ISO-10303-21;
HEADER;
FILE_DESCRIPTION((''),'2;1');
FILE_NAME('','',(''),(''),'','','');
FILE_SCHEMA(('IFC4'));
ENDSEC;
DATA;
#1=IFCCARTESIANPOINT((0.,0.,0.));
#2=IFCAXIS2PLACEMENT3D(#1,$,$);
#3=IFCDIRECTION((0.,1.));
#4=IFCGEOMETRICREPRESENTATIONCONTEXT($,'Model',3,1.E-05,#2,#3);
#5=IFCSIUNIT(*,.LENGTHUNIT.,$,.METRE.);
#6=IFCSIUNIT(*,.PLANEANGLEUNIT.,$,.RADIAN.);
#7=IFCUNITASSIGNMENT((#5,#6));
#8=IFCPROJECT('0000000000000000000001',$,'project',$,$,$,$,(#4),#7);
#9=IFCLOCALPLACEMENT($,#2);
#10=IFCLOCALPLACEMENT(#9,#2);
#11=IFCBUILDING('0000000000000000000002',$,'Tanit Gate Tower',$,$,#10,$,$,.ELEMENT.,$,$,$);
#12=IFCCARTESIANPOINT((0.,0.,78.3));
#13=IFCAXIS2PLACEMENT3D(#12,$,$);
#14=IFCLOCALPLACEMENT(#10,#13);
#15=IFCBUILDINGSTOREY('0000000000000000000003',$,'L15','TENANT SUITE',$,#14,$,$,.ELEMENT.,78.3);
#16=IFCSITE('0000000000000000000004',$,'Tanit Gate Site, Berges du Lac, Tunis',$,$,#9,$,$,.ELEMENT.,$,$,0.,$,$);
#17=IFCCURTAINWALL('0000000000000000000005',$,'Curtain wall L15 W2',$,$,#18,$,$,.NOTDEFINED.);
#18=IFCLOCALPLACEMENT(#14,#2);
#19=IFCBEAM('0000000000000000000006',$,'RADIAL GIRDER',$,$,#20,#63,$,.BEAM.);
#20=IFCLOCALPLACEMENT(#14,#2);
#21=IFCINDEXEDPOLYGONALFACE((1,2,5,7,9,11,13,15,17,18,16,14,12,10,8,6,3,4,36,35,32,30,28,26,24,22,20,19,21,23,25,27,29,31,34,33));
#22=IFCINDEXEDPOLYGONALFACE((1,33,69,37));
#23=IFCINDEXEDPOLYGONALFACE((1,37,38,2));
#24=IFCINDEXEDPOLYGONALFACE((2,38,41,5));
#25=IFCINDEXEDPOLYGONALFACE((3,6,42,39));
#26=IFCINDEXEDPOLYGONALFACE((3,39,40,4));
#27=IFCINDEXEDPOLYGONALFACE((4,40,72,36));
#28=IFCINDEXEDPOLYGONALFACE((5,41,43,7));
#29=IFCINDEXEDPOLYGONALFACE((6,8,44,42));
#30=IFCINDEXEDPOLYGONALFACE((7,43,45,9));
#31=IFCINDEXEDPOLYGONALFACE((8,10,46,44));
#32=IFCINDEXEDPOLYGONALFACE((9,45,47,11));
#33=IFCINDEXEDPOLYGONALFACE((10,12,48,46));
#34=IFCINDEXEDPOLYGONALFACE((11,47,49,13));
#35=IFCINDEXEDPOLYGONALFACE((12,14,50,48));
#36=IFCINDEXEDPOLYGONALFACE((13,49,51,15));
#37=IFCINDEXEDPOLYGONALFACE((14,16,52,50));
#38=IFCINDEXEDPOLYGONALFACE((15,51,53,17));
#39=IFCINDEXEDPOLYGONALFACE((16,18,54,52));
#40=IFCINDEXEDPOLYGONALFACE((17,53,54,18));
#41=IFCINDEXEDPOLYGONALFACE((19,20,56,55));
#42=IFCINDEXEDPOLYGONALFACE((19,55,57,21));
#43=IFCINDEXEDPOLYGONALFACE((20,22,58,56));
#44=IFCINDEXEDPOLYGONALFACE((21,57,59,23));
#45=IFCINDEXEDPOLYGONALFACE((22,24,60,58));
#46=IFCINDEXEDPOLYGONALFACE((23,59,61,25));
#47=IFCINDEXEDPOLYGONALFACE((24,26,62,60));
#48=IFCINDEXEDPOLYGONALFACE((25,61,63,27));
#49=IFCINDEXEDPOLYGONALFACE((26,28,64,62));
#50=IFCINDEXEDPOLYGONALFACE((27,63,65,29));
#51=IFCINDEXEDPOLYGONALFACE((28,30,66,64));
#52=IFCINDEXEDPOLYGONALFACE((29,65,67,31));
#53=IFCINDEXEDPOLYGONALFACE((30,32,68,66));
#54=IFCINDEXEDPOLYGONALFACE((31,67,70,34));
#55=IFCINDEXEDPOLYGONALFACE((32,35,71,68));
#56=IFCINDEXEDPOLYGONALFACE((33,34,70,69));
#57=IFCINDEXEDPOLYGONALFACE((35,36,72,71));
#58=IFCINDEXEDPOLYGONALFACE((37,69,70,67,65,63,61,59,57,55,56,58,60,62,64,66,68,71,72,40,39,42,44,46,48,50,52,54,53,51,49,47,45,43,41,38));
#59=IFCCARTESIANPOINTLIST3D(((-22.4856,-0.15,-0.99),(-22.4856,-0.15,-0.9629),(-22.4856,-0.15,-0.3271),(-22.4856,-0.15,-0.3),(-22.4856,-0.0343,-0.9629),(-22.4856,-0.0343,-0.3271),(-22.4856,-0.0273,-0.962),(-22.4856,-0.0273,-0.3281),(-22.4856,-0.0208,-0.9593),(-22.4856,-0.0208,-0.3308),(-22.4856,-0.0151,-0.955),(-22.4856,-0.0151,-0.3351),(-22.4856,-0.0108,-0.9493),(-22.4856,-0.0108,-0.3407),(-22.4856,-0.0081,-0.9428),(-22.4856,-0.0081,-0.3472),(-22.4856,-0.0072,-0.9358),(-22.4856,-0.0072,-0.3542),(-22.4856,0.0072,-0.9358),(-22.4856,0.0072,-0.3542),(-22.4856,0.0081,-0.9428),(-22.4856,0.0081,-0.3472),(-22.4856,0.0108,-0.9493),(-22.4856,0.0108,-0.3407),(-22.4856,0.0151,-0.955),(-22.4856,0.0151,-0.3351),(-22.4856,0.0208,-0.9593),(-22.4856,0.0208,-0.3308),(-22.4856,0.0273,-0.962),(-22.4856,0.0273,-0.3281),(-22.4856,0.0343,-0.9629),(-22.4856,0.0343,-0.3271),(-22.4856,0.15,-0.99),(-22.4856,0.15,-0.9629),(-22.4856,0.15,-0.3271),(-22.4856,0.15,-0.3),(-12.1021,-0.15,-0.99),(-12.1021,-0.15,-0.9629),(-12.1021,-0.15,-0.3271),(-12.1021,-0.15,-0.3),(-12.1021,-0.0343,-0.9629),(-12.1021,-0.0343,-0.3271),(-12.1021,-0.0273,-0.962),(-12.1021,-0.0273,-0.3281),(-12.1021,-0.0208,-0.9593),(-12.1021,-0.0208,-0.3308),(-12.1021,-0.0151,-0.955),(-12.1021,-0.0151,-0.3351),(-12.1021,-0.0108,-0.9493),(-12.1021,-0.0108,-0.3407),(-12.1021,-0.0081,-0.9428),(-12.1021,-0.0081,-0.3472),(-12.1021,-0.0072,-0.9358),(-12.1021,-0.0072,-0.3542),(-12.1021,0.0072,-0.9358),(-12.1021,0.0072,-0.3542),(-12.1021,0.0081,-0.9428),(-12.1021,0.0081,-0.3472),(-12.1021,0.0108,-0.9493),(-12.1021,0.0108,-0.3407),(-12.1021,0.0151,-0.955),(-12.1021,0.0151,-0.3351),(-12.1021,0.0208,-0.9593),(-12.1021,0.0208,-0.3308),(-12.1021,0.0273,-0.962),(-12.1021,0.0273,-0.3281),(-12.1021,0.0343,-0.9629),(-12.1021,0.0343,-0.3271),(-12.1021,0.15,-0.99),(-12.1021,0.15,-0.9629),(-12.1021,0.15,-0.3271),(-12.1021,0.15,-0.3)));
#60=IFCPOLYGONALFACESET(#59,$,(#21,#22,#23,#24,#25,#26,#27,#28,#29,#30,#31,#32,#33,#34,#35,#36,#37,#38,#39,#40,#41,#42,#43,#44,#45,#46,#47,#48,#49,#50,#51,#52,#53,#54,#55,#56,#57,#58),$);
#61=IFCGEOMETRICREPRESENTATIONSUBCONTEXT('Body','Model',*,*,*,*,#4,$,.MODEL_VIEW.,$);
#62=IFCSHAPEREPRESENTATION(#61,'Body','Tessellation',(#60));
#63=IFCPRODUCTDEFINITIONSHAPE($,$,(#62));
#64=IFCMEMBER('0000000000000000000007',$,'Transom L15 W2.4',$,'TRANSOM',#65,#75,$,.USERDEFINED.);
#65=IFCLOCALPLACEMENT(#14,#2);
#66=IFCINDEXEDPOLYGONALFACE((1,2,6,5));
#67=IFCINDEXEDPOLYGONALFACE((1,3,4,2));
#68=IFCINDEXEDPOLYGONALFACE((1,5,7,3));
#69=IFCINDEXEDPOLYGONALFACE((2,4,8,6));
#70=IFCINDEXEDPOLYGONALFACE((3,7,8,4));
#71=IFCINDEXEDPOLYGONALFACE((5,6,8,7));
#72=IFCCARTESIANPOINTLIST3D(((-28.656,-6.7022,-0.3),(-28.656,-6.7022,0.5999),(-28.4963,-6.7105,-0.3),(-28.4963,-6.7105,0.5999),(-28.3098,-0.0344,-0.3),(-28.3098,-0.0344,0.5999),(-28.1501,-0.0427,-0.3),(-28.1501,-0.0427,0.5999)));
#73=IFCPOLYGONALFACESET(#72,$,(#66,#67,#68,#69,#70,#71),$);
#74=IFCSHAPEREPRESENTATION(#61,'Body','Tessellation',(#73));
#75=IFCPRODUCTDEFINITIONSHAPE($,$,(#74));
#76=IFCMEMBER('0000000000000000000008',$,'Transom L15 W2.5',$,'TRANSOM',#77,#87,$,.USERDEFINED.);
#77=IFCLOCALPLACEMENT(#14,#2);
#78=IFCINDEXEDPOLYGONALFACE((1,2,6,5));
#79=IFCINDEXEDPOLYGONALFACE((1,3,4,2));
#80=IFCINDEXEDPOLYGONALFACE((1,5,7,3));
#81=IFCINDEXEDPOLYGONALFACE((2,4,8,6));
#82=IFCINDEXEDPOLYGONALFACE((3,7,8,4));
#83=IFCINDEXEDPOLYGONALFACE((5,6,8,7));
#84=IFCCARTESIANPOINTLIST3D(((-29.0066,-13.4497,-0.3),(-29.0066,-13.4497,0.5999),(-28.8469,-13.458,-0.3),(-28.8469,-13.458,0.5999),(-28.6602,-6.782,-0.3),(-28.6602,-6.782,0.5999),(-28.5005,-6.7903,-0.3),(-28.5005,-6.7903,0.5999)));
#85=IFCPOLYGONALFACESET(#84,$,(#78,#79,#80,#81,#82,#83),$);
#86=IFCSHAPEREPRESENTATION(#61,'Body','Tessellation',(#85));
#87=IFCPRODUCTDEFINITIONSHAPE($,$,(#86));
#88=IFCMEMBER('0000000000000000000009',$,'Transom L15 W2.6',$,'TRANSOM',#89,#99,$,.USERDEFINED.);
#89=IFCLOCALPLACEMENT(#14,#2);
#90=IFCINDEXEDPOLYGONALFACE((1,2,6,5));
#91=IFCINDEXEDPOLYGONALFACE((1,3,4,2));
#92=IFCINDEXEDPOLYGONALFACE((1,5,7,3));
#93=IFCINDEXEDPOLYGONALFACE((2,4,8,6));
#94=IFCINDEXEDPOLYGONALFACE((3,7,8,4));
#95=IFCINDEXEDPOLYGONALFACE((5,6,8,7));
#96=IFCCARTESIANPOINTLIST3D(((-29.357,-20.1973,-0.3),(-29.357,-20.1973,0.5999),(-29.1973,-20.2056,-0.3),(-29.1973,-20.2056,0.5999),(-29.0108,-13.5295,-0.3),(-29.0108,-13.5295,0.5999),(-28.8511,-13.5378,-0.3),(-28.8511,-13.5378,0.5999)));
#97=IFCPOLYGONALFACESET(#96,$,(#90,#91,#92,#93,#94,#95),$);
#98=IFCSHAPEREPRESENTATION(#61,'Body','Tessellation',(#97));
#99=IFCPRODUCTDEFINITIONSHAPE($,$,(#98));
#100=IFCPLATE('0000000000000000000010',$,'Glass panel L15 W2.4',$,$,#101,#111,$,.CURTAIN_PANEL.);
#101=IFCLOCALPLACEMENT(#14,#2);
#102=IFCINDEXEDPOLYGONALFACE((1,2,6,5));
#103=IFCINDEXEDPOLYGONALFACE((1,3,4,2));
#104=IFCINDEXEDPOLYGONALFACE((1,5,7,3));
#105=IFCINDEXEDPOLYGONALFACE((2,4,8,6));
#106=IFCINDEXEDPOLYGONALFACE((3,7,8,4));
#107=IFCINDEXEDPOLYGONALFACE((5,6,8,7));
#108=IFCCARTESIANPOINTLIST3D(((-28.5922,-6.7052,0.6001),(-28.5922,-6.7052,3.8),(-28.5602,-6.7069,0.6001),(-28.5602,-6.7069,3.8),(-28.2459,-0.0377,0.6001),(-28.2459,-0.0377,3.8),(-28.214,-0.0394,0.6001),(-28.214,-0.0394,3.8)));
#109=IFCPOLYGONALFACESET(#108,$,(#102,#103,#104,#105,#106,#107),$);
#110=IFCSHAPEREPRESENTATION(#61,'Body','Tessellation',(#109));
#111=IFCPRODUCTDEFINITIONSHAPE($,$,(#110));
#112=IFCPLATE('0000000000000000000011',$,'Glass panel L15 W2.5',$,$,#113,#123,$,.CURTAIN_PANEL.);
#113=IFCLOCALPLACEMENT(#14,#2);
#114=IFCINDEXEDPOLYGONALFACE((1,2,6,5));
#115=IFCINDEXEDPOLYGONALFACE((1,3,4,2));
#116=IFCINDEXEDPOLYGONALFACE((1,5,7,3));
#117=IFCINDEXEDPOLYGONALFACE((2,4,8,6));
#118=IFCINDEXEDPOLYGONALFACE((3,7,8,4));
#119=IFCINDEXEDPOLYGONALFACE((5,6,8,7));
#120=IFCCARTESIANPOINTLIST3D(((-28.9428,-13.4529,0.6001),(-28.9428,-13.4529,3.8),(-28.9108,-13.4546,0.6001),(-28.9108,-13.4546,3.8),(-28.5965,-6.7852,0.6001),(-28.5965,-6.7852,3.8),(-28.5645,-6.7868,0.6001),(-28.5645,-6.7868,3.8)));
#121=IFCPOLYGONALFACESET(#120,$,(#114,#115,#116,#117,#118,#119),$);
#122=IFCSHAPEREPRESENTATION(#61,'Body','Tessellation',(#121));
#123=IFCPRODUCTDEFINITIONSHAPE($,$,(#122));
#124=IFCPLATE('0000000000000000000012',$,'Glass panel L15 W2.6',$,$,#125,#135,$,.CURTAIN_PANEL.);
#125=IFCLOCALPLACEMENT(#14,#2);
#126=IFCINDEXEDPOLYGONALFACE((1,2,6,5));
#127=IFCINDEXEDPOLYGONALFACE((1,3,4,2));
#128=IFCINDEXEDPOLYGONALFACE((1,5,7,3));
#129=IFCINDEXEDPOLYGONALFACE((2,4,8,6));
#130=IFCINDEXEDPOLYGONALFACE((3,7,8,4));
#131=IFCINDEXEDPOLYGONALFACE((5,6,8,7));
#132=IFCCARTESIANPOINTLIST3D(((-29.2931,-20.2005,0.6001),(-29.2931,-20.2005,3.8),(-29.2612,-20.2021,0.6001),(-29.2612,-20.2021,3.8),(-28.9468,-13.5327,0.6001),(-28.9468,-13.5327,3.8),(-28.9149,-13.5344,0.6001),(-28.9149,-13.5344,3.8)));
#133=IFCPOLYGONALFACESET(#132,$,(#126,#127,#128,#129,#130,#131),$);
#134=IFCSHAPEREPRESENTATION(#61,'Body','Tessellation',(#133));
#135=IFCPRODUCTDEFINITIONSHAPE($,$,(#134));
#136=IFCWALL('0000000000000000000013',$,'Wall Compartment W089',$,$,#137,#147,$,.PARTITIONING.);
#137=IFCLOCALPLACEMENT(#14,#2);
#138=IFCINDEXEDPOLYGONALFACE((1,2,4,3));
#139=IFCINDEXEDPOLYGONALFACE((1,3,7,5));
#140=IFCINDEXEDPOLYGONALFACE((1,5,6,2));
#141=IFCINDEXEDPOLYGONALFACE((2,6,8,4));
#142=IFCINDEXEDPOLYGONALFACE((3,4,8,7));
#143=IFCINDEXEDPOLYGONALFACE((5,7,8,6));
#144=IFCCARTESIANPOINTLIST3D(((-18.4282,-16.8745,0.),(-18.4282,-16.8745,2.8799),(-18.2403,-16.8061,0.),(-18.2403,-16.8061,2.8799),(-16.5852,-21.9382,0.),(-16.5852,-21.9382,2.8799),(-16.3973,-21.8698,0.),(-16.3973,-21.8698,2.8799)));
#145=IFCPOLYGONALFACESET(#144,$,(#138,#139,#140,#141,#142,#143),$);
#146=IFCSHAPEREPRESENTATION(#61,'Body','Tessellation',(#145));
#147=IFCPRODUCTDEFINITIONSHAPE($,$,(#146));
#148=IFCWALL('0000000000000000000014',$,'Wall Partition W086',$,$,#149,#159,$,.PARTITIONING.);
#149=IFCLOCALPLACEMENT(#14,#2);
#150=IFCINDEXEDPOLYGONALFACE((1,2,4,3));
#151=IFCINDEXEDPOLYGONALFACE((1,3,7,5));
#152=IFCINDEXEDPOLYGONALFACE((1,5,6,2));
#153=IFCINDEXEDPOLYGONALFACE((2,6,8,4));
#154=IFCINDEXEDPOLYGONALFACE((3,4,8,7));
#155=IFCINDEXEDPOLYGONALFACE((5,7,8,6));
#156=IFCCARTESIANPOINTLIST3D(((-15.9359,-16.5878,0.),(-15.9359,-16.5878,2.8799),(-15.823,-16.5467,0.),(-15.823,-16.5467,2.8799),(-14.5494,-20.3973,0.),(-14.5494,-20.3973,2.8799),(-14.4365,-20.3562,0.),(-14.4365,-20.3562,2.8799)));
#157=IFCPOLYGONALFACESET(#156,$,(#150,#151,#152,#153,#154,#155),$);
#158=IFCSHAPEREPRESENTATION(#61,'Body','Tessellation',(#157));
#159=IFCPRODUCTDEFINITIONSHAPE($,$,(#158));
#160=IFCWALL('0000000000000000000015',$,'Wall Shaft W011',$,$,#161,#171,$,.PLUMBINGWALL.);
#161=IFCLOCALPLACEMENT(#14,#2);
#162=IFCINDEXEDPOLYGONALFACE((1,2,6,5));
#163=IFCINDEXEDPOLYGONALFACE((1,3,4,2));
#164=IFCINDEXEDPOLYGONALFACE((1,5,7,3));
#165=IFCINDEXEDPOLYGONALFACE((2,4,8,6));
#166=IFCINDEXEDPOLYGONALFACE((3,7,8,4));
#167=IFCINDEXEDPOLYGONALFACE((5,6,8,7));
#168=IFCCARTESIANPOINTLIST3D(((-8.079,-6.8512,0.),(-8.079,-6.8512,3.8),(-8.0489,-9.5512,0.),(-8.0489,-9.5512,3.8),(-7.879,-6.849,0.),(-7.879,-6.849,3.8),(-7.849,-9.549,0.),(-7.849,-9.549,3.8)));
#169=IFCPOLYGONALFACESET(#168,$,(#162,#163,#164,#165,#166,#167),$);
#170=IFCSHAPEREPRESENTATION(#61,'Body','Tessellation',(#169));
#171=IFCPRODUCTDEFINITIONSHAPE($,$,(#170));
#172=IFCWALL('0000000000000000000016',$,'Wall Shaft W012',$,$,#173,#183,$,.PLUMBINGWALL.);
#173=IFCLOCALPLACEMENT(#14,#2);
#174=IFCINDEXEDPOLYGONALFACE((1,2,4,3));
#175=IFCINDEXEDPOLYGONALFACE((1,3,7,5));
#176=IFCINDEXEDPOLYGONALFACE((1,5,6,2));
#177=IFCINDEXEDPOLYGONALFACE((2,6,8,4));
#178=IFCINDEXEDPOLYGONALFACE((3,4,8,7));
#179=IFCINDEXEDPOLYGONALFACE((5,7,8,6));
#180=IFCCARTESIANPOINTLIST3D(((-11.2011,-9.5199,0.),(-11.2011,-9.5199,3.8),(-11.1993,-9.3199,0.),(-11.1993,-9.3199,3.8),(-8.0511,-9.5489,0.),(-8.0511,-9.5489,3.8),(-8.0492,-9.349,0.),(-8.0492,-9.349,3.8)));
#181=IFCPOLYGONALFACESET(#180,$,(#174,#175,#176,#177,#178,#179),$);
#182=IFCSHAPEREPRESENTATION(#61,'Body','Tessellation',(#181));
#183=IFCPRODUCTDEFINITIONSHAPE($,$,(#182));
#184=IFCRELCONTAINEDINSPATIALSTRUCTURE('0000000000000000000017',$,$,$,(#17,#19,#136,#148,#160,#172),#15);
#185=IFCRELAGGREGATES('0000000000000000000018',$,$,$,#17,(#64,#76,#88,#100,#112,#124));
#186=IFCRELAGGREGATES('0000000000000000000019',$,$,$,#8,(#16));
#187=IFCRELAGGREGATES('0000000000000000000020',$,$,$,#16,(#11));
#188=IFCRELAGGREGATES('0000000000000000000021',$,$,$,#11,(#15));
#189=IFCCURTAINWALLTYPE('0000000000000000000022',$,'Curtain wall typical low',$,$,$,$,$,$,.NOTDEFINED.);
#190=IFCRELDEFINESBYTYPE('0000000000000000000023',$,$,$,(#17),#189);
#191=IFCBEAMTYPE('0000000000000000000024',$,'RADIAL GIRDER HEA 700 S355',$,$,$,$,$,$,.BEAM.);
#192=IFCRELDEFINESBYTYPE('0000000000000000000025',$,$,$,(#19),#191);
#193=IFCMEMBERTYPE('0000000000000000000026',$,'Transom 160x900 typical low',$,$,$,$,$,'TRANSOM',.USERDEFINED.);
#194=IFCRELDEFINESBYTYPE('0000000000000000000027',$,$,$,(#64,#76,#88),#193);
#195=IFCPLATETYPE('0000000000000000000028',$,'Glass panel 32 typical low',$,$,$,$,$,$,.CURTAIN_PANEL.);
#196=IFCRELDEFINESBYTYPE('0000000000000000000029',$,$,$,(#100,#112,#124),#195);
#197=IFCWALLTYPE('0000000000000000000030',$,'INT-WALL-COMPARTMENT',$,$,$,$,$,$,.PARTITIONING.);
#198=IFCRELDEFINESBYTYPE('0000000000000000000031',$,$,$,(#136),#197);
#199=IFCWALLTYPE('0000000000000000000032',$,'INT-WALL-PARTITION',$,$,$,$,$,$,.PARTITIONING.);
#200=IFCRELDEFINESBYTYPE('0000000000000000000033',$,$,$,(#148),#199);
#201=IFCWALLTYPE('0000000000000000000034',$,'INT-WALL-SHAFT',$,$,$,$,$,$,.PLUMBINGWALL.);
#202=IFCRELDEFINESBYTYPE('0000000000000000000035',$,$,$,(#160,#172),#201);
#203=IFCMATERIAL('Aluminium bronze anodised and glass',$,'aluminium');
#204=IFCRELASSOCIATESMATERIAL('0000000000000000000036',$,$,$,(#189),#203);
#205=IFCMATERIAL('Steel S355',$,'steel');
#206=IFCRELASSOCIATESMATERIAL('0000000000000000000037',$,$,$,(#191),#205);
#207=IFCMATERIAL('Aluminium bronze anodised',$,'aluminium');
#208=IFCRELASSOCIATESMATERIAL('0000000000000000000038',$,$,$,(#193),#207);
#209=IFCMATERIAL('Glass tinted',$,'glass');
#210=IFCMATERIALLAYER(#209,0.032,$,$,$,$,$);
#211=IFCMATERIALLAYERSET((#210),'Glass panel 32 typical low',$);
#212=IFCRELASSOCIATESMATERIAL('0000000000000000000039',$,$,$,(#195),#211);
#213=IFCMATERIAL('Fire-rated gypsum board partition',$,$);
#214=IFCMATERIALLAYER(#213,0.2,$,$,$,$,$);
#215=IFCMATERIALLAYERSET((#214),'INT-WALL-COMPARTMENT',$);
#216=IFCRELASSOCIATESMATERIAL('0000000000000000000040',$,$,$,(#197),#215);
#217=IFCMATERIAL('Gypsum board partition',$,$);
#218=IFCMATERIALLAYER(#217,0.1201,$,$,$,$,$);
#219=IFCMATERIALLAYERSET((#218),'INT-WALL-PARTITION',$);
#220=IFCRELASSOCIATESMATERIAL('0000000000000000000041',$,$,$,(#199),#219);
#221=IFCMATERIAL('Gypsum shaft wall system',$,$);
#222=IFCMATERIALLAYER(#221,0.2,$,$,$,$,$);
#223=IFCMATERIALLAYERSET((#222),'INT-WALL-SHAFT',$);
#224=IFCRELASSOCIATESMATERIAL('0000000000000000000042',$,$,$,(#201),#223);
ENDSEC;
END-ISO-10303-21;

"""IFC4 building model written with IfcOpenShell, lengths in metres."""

from ifc_helpers import new_model, si_unit, direction, frame, frame_2d, origin, origin_2d, place, context, subcontext, project, spatial, rectangle, i_section, extrude, material, layer, layer_set, material_profile, profile_set, type_object, element, aggregate, save


model = new_model("IFC4")

# Units and contexts
model_context = context("Model", 3, precision=1e-05, world=origin(), true_north=direction((0.0, 1.0)))
body_context = subcontext(model_context, "Body", "Model", "MODEL_VIEW")
ifc_project = project(units=[si_unit("LENGTHUNIT", "METRE"), si_unit("PLANEANGLEUNIT", "RADIAN")], contexts=[model_context])

# Site, building, storey
site_placement = place(None, origin())
site = spatial("IfcSite", under=ifc_project, at=site_placement, Name="Tanit Gate Site, Berges du Lac, Tunis", CompositionType="ELEMENT", RefElevation=0.0)
building_placement = place(site_placement, origin())
building = spatial("IfcBuilding", under=site, at=building_placement, Name="Tanit Gate Tower", CompositionType="ELEMENT")
storey_placement = place(building_placement, frame((0.0, 0.0, 78.3)))
storey = spatial("IfcBuildingStorey", under=building, at=storey_placement, Name="L15", Description="TENANT SUITE", CompositionType="ELEMENT", Elevation=78.3)

# Curtain wall
ifc_material_1 = material(Name="Aluminium bronze anodised and glass", Category="aluminium")
curtain_wall_type = type_object("IfcCurtainWallType", Name="Curtain wall typical low", PredefinedType="NOTDEFINED", material=ifc_material_1)
curtain_wall_placement = place(storey_placement, origin())
curtain_wall = element("IfcCurtainWall", 1, at=curtain_wall_placement, inside=storey, type_object=curtain_wall_type, Name="Curtain wall L15 W2", PredefinedType="NOTDEFINED")

# Beam
ifc_material_2 = material(Name="Steel S355", Category="steel")
ifc_material_profile_1 = material_profile(ifc_material_2, i_section(OverallWidth=0.3, OverallDepth=0.6899, WebThickness=0.0144, FlangeThickness=0.0271, FilletRadius=0.0271, at=origin_2d()), Name="HEA 700")
ifc_profile_set_1 = profile_set([ifc_material_profile_1], Name="Steel S355")
beam_type = type_object("IfcBeamType", Name="RADIAL GIRDER HEA 700 S355", PredefinedType="BEAM", material=ifc_profile_set_1)
beam_1_placement = place(storey_placement, frame((-22.4856, 0.0, -0.645), z_axis=(1.0, 0.0, 0.0), x_axis=(0.0, 1.0, 0.0)))
element("IfcBeam", 2, at=beam_1_placement, inside=storey, type_object=beam_type, Name="RADIAL GIRDER", PredefinedType="BEAM", context=body_context, shape_type="SweptSolid", body=[
    extrude(i_section(OverallWidth=0.3, OverallDepth=0.6899, WebThickness=0.0144, FlangeThickness=0.0271, FilletRadius=0.0271, at=origin_2d()), origin(), (0.0, 0.0, 1.0), 10.3835),
])

# Members
ifc_material_3 = material(Name="Aluminium bronze anodised", Category="aluminium")
ifc_material_profile_2 = material_profile(ifc_material_3, rectangle(XDim=0.1599, YDim=0.8999, at=origin_2d()), Name="160x900 bronze transom")
ifc_profile_set_2 = profile_set([ifc_material_profile_2], Name="Aluminium bronze anodised")
member_type_1 = type_object("IfcMemberType", Name="Transom 160x900 typical low", ElementType="TRANSOM", PredefinedType="USERDEFINED", material=ifc_profile_set_2)
member_1_placement = place(storey_placement, frame((-28.23, -0.0386, 0.1499), z_axis=(-0.051851, -0.998655, 0.0), x_axis=(0.998655, -0.051851, 0.0)))
member_1 = element("IfcMember", 3, at=member_1_placement, type_object=member_type_1, Name="Transom L15 W2.4", ObjectType="TRANSOM", PredefinedType="USERDEFINED", context=body_context, shape_type="SweptSolid", body=[
    extrude(rectangle(XDim=0.1599, YDim=0.8999, at=origin_2d()), origin(), (0.0, 0.0, 1.0), 6.6768),
])
member_2_placement = place(storey_placement, frame((-28.5803, -6.7861, 0.1499), z_axis=(-0.051887, -0.998653, 0.0), x_axis=(0.998653, -0.051887, 0.0)))
member_2 = element("IfcMember", 4, at=member_2_placement, type_object=member_type_1, Name="Transom L15 W2.5", ObjectType="TRANSOM", PredefinedType="USERDEFINED", context=body_context, shape_type="SweptSolid", body=[
    extrude(rectangle(XDim=0.1599, YDim=0.8999, at=origin_2d()), origin(), (0.0, 0.0, 1.0), 6.6768),
])
member_3_placement = place(storey_placement, frame((-28.9309, -13.5337, 0.1499), z_axis=(-0.051851, -0.998655, 0.0), x_axis=(0.998655, -0.051851, 0.0)))
member_3 = element("IfcMember", 5, at=member_3_placement, type_object=member_type_1, Name="Transom L15 W2.6", ObjectType="TRANSOM", PredefinedType="USERDEFINED", context=body_context, shape_type="SweptSolid", body=[
    extrude(rectangle(XDim=0.1599, YDim=0.8999, at=origin_2d()), origin(), (0.0, 0.0, 1.0), 6.6768),
])

# Plates
ifc_material_4 = material(Name="Glass tinted", Category="glass")
ifc_layer_1 = layer(ifc_material_4, 0.032)
ifc_layer_set_1 = layer_set([ifc_layer_1], Name="Glass panel 32 typical low")
plate_type = type_object("IfcPlateType", Name="Glass panel 32 typical low", PredefinedType="CURTAIN_PANEL", material=ifc_layer_set_1)
plate_1_placement = place(storey_placement, frame((-28.4031, -3.3723, 0.6001), z_axis=(0.0, 0.0, 1.0), x_axis=(-0.051865, -0.998654, 0.0)))
plate_1 = element("IfcPlate", 6, at=plate_1_placement, type_object=plate_type, Name="Glass panel L15 W2.4", PredefinedType="CURTAIN_PANEL", context=body_context, shape_type="SweptSolid", body=[
    extrude(rectangle(XDim=6.6765, YDim=0.032, at=origin_2d()), origin(), (0.0, 0.0, 1.0), 3.2),
])
plate_2_placement = place(storey_placement, frame((-28.7537, -10.1199, 0.6001), z_axis=(0.0, 0.0, 1.0), x_axis=(-0.051865, -0.998654, 0.0)))
plate_2 = element("IfcPlate", 7, at=plate_2_placement, type_object=plate_type, Name="Glass panel L15 W2.5", PredefinedType="CURTAIN_PANEL", context=body_context, shape_type="SweptSolid", body=[
    extrude(rectangle(XDim=6.6768, YDim=0.032, at=origin_2d()), origin(), (0.0, 0.0, 1.0), 3.2),
])
plate_3_placement = place(storey_placement, frame((-29.104, -16.8674, 0.6001), z_axis=(0.0, 0.0, 1.0), x_axis=(-0.051865, -0.998654, 0.0)))
plate_3 = element("IfcPlate", 8, at=plate_3_placement, type_object=plate_type, Name="Glass panel L15 W2.6", PredefinedType="CURTAIN_PANEL", context=body_context, shape_type="SweptSolid", body=[
    extrude(rectangle(XDim=6.6768, YDim=0.032, at=origin_2d()), origin(), (0.0, 0.0, 1.0), 3.2),
])
aggregate(curtain_wall, [member_1, member_2, member_3, plate_1, plate_2, plate_3])

# Walls
ifc_material_5 = material(Name="Fire-rated gypsum board partition")
ifc_layer_2 = layer(ifc_material_5, 0.2)
ifc_layer_set_2 = layer_set([ifc_layer_2], Name="INT-WALL-COMPARTMENT")
wall_type_1 = type_object("IfcWallType", Name="INT-WALL-COMPARTMENT", PredefinedType="PARTITIONING", material=ifc_layer_set_2)
wall_1_placement = place(storey_placement, frame((-18.3342, -16.8403, 0.0), z_axis=(0.0, 0.0, 1.0), x_axis=(0.342016, -0.939694, 0.0)))
element("IfcWall", 9, at=wall_1_placement, inside=storey, type_object=wall_type_1, Name="Wall Compartment W089", PredefinedType="PARTITIONING", context=body_context, shape_type="SweptSolid", body=[
    extrude(rectangle(XDim=5.3887, YDim=0.2, at=frame_2d((2.6943, 0.0))), origin(), (0.0, 0.0, 1.0), 2.8799),
])
ifc_material_6 = material(Name="Gypsum board partition")
ifc_layer_3 = layer(ifc_material_6, 0.1201)
ifc_layer_set_3 = layer_set([ifc_layer_3], Name="INT-WALL-PARTITION")
wall_type_2 = type_object("IfcWallType", Name="INT-WALL-PARTITION", PredefinedType="PARTITIONING", material=ifc_layer_set_3)
wall_2_placement = place(storey_placement, frame((-15.8794, -16.5674, 0.0), z_axis=(0.0, 0.0, 1.0), x_axis=(0.341999, -0.9397, 0.0)))
element("IfcWall", 10, at=wall_2_placement, inside=storey, type_object=wall_type_2, Name="Wall Partition W086", PredefinedType="PARTITIONING", context=body_context, shape_type="SweptSolid", body=[
    extrude(rectangle(XDim=4.054, YDim=0.1201, at=frame_2d((2.0269, 0.0))), origin(), (0.0, 0.0, 1.0), 2.8799),
])
ifc_material_7 = material(Name="Gypsum shaft wall system")
ifc_layer_4 = layer(ifc_material_7, 0.2)
ifc_layer_set_4 = layer_set([ifc_layer_4], Name="INT-WALL-SHAFT")
wall_type_3 = type_object("IfcWallType", Name="INT-WALL-SHAFT", PredefinedType="PLUMBINGWALL", material=ifc_layer_set_4)
wall_3_placement = place(storey_placement, frame((-7.979, -6.8501, 0.0), z_axis=(0.0, 0.0, 1.0), x_axis=(0.011121, -0.999938, 0.0)))
element("IfcWall", 11, at=wall_3_placement, inside=storey, type_object=wall_type_3, Name="Wall Shaft W011", PredefinedType="PLUMBINGWALL", context=body_context, shape_type="SweptSolid", body=[
    extrude(rectangle(XDim=2.7002, YDim=0.2, at=frame_2d((1.3501, 0.0))), origin(), (0.0, 0.0, 1.0), 3.8),
])
wall_4_placement = place(storey_placement, frame((-8.05, -9.449, 0.0), z_axis=(0.0, 0.0, 1.0), x_axis=(-0.999957, 0.009223, 0.0)))
element("IfcWall", 12, at=wall_4_placement, inside=storey, type_object=wall_type_3, Name="Wall Shaft W012", PredefinedType="PLUMBINGWALL", context=body_context, shape_type="SweptSolid", body=[
    extrude(rectangle(XDim=3.1501, YDim=0.2, at=frame_2d((1.5752, 0.0))), origin(), (0.0, 0.0, 1.0), 3.8),
])

save(model, "model.ifc")
